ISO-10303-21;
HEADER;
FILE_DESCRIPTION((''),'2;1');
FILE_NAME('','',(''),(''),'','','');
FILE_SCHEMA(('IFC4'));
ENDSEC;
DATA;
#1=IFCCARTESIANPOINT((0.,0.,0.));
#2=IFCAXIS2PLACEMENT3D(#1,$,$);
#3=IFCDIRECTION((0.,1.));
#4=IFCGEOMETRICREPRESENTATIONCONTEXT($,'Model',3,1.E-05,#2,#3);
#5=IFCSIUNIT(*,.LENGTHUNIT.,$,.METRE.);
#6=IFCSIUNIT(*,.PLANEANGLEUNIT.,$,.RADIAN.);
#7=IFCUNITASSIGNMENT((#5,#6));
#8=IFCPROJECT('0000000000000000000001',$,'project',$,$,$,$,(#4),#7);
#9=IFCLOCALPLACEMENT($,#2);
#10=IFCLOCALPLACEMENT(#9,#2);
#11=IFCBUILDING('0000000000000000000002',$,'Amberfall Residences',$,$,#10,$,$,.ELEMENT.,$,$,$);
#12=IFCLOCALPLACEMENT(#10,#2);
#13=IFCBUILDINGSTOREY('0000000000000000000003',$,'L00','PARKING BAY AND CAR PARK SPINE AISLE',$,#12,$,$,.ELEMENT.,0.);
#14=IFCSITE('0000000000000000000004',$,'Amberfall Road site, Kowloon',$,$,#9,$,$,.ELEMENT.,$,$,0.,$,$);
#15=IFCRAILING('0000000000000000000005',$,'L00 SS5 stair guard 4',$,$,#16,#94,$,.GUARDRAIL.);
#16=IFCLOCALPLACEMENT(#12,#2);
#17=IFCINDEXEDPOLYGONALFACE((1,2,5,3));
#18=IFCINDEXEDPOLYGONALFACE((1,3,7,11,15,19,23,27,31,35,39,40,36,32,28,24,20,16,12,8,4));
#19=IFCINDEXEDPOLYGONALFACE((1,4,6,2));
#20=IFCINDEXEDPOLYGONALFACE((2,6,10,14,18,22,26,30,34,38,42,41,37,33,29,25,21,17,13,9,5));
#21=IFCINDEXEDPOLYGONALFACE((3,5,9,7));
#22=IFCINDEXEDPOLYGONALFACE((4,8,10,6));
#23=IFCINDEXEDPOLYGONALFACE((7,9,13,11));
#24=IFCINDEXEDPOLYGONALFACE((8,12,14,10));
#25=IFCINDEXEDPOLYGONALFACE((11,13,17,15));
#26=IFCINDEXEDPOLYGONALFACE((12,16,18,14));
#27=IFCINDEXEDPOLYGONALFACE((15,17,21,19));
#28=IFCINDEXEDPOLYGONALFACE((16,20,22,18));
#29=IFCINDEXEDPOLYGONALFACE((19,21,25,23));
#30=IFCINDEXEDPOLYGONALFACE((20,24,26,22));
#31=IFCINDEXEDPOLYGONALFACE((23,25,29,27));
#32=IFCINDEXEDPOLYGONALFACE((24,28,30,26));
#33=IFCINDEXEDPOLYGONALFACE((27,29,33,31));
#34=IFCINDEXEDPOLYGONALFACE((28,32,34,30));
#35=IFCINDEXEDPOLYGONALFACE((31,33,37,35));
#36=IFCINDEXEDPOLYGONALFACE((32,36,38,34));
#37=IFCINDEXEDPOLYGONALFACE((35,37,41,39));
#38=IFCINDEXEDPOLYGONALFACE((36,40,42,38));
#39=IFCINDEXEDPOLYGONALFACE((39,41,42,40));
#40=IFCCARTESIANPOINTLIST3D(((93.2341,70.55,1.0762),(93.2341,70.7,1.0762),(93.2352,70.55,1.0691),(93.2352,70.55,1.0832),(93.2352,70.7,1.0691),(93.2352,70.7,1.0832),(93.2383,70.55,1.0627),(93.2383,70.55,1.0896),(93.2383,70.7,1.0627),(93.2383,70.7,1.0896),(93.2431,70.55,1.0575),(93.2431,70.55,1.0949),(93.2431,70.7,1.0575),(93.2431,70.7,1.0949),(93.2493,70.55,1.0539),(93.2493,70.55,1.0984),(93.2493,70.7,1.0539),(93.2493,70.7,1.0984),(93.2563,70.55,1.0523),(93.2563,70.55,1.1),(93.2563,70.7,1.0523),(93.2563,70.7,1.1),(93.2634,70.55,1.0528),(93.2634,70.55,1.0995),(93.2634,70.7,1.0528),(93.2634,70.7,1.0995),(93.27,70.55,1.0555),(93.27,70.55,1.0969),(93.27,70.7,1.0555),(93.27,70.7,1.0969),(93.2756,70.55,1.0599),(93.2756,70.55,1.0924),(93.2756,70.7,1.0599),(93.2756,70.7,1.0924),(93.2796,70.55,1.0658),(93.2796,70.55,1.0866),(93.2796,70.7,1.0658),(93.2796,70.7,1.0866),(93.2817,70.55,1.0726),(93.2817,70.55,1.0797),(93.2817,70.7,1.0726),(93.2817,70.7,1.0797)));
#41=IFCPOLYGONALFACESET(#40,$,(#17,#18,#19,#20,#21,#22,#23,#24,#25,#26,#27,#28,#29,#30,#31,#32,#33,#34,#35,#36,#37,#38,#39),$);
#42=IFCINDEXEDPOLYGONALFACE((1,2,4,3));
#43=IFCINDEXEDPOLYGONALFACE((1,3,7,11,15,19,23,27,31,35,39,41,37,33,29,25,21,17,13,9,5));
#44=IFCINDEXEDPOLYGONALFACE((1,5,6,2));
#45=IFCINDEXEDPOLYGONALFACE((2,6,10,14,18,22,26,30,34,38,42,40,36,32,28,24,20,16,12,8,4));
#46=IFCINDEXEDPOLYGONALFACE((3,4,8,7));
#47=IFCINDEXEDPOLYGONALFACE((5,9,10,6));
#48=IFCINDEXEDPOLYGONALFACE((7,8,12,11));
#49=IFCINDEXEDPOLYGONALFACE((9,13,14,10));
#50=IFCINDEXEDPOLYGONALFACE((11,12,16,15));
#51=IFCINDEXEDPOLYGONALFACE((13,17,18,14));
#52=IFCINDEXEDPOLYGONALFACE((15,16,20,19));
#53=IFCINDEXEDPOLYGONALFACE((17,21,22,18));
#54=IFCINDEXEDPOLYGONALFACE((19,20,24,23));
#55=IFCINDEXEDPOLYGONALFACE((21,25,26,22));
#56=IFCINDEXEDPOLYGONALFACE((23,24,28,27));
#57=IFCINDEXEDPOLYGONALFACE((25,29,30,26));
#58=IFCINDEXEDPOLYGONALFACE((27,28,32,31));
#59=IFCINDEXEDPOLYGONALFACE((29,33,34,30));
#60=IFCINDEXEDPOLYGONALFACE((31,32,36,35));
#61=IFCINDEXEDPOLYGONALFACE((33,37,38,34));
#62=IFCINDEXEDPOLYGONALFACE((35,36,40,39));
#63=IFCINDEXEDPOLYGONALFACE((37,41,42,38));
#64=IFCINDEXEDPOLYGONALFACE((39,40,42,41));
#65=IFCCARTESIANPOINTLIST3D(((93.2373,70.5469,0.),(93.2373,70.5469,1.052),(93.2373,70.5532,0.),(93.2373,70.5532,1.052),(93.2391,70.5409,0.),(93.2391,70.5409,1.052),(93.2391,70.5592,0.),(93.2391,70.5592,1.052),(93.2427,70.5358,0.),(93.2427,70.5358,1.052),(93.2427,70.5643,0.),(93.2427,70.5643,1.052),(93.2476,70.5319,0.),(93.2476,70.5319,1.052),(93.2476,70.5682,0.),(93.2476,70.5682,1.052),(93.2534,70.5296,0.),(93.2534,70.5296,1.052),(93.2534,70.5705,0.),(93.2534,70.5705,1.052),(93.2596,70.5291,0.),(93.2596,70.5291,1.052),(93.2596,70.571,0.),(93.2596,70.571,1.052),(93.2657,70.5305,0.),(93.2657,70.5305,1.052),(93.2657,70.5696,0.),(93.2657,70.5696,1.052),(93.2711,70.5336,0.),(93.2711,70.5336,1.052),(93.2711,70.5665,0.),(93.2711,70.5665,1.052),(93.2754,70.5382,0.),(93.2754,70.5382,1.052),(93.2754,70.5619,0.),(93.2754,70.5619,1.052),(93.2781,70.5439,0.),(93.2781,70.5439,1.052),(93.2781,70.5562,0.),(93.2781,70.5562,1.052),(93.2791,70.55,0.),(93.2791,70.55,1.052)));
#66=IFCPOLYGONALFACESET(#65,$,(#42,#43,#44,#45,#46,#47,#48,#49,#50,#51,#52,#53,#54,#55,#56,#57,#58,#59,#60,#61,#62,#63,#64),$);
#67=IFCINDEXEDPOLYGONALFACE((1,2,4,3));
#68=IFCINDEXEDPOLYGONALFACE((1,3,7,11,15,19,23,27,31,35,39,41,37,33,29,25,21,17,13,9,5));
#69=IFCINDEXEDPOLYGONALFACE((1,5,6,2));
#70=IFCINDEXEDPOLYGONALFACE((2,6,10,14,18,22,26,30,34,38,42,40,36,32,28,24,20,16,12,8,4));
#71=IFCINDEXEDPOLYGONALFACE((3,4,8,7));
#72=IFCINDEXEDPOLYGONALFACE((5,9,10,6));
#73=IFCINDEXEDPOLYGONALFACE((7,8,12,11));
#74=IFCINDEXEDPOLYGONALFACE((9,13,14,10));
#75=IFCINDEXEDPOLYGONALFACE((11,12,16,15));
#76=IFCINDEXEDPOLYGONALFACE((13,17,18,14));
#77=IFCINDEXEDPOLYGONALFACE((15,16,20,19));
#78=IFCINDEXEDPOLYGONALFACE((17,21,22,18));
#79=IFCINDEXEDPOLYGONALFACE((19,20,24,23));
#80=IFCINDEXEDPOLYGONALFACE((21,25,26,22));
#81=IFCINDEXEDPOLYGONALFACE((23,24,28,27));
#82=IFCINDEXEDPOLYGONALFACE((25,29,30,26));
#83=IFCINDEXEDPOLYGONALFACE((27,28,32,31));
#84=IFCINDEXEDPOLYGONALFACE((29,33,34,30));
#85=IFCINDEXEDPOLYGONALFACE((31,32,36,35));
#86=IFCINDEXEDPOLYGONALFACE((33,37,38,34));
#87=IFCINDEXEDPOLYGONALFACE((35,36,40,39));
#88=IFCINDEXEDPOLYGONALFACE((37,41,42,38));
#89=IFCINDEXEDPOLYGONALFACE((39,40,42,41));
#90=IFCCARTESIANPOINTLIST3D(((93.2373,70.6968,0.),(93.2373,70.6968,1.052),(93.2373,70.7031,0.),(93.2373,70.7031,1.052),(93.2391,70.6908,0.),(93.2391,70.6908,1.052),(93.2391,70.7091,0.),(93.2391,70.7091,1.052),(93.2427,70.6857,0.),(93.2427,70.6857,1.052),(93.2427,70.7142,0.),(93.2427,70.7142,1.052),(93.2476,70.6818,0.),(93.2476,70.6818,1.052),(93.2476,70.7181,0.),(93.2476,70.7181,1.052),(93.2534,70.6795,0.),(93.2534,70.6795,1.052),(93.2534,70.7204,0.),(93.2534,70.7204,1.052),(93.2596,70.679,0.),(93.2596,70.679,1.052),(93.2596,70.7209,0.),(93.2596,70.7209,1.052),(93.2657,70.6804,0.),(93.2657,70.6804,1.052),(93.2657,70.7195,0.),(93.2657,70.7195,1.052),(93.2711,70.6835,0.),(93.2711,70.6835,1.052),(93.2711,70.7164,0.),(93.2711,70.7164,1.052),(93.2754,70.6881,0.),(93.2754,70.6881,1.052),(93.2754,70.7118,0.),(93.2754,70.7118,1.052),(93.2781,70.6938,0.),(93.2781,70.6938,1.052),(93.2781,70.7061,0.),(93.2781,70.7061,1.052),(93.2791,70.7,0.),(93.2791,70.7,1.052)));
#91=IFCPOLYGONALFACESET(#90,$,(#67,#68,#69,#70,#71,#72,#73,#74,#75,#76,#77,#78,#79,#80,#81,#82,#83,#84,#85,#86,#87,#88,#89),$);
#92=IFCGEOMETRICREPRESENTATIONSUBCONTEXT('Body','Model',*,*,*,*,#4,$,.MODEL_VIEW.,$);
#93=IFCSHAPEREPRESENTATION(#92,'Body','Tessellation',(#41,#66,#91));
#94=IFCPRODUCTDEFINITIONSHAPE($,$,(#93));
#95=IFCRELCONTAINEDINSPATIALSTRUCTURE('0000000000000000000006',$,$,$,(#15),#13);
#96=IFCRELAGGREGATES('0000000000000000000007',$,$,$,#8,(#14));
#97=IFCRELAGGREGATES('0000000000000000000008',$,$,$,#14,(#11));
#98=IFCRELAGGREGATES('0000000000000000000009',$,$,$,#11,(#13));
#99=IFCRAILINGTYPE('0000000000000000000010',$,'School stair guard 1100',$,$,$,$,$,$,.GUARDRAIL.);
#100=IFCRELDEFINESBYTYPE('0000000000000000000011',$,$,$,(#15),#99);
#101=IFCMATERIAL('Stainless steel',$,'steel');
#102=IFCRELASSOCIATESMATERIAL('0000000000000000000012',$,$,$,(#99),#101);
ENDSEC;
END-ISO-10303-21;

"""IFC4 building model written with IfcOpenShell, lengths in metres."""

from ifc_helpers import new_model, si_unit, direction, frame, origin, origin_2d, place, context, subcontext, project, spatial, circle, extrude, material, type_object, element, save


model = new_model("IFC4")

# Units and contexts
model_context = context("Model", 3, precision=1e-05, world=origin(), true_north=direction((0.0, 1.0)))
body_context = subcontext(model_context, "Body", "Model", "MODEL_VIEW")
ifc_project = project(units=[si_unit("LENGTHUNIT", "METRE"), si_unit("PLANEANGLEUNIT", "RADIAN")], contexts=[model_context])

# Site, building, storey
site_placement = place(None, origin())
site = spatial("IfcSite", under=ifc_project, at=site_placement, Name="Amberfall Road site, Kowloon", CompositionType="ELEMENT", RefElevation=0.0)
building_placement = place(site_placement, origin())
building = spatial("IfcBuilding", under=site, at=building_placement, Name="Amberfall Residences", CompositionType="ELEMENT")
storey_placement = place(building_placement, origin())
storey = spatial("IfcBuildingStorey", under=building, at=storey_placement, Name="L00", Description="PARKING BAY AND CAR PARK SPINE AISLE", CompositionType="ELEMENT", Elevation=0.0)

# Railing
ifc_material_1 = material(Name="Stainless steel", Category="steel")
railing_type_1 = type_object("IfcRailingType", Name="School stair guard 1100", PredefinedType="GUARDRAIL", material=ifc_material_1)
railing_1_placement = place(storey_placement, frame((93.2581, 70.55, 0.0)))
element("IfcRailing", 1, at=railing_1_placement, inside=storey, type_object=railing_type_1, Name="L00 SS5 stair guard 4", PredefinedType="GUARDRAIL", context=body_context, shape_type="SweptSolid", body=[
    extrude(circle(Radius=0.0239, at=origin_2d()), frame((0.0, 0.0, 1.0762), z_axis=(0.0, 1.0, 0.0), x_axis=(-1.0, 0.0, 0.0)), (0.0, 0.0, 1.0), 0.1499),
    extrude(circle(Radius=0.021, at=origin_2d()), origin(), (0.0, 0.0, 1.0), 1.052),
    extrude(circle(Radius=0.021, at=origin_2d()), frame((0.0, 0.1499, 0.0)), (0.0, 0.0, 1.0), 1.052),
])

save(model, "model.ifc")
